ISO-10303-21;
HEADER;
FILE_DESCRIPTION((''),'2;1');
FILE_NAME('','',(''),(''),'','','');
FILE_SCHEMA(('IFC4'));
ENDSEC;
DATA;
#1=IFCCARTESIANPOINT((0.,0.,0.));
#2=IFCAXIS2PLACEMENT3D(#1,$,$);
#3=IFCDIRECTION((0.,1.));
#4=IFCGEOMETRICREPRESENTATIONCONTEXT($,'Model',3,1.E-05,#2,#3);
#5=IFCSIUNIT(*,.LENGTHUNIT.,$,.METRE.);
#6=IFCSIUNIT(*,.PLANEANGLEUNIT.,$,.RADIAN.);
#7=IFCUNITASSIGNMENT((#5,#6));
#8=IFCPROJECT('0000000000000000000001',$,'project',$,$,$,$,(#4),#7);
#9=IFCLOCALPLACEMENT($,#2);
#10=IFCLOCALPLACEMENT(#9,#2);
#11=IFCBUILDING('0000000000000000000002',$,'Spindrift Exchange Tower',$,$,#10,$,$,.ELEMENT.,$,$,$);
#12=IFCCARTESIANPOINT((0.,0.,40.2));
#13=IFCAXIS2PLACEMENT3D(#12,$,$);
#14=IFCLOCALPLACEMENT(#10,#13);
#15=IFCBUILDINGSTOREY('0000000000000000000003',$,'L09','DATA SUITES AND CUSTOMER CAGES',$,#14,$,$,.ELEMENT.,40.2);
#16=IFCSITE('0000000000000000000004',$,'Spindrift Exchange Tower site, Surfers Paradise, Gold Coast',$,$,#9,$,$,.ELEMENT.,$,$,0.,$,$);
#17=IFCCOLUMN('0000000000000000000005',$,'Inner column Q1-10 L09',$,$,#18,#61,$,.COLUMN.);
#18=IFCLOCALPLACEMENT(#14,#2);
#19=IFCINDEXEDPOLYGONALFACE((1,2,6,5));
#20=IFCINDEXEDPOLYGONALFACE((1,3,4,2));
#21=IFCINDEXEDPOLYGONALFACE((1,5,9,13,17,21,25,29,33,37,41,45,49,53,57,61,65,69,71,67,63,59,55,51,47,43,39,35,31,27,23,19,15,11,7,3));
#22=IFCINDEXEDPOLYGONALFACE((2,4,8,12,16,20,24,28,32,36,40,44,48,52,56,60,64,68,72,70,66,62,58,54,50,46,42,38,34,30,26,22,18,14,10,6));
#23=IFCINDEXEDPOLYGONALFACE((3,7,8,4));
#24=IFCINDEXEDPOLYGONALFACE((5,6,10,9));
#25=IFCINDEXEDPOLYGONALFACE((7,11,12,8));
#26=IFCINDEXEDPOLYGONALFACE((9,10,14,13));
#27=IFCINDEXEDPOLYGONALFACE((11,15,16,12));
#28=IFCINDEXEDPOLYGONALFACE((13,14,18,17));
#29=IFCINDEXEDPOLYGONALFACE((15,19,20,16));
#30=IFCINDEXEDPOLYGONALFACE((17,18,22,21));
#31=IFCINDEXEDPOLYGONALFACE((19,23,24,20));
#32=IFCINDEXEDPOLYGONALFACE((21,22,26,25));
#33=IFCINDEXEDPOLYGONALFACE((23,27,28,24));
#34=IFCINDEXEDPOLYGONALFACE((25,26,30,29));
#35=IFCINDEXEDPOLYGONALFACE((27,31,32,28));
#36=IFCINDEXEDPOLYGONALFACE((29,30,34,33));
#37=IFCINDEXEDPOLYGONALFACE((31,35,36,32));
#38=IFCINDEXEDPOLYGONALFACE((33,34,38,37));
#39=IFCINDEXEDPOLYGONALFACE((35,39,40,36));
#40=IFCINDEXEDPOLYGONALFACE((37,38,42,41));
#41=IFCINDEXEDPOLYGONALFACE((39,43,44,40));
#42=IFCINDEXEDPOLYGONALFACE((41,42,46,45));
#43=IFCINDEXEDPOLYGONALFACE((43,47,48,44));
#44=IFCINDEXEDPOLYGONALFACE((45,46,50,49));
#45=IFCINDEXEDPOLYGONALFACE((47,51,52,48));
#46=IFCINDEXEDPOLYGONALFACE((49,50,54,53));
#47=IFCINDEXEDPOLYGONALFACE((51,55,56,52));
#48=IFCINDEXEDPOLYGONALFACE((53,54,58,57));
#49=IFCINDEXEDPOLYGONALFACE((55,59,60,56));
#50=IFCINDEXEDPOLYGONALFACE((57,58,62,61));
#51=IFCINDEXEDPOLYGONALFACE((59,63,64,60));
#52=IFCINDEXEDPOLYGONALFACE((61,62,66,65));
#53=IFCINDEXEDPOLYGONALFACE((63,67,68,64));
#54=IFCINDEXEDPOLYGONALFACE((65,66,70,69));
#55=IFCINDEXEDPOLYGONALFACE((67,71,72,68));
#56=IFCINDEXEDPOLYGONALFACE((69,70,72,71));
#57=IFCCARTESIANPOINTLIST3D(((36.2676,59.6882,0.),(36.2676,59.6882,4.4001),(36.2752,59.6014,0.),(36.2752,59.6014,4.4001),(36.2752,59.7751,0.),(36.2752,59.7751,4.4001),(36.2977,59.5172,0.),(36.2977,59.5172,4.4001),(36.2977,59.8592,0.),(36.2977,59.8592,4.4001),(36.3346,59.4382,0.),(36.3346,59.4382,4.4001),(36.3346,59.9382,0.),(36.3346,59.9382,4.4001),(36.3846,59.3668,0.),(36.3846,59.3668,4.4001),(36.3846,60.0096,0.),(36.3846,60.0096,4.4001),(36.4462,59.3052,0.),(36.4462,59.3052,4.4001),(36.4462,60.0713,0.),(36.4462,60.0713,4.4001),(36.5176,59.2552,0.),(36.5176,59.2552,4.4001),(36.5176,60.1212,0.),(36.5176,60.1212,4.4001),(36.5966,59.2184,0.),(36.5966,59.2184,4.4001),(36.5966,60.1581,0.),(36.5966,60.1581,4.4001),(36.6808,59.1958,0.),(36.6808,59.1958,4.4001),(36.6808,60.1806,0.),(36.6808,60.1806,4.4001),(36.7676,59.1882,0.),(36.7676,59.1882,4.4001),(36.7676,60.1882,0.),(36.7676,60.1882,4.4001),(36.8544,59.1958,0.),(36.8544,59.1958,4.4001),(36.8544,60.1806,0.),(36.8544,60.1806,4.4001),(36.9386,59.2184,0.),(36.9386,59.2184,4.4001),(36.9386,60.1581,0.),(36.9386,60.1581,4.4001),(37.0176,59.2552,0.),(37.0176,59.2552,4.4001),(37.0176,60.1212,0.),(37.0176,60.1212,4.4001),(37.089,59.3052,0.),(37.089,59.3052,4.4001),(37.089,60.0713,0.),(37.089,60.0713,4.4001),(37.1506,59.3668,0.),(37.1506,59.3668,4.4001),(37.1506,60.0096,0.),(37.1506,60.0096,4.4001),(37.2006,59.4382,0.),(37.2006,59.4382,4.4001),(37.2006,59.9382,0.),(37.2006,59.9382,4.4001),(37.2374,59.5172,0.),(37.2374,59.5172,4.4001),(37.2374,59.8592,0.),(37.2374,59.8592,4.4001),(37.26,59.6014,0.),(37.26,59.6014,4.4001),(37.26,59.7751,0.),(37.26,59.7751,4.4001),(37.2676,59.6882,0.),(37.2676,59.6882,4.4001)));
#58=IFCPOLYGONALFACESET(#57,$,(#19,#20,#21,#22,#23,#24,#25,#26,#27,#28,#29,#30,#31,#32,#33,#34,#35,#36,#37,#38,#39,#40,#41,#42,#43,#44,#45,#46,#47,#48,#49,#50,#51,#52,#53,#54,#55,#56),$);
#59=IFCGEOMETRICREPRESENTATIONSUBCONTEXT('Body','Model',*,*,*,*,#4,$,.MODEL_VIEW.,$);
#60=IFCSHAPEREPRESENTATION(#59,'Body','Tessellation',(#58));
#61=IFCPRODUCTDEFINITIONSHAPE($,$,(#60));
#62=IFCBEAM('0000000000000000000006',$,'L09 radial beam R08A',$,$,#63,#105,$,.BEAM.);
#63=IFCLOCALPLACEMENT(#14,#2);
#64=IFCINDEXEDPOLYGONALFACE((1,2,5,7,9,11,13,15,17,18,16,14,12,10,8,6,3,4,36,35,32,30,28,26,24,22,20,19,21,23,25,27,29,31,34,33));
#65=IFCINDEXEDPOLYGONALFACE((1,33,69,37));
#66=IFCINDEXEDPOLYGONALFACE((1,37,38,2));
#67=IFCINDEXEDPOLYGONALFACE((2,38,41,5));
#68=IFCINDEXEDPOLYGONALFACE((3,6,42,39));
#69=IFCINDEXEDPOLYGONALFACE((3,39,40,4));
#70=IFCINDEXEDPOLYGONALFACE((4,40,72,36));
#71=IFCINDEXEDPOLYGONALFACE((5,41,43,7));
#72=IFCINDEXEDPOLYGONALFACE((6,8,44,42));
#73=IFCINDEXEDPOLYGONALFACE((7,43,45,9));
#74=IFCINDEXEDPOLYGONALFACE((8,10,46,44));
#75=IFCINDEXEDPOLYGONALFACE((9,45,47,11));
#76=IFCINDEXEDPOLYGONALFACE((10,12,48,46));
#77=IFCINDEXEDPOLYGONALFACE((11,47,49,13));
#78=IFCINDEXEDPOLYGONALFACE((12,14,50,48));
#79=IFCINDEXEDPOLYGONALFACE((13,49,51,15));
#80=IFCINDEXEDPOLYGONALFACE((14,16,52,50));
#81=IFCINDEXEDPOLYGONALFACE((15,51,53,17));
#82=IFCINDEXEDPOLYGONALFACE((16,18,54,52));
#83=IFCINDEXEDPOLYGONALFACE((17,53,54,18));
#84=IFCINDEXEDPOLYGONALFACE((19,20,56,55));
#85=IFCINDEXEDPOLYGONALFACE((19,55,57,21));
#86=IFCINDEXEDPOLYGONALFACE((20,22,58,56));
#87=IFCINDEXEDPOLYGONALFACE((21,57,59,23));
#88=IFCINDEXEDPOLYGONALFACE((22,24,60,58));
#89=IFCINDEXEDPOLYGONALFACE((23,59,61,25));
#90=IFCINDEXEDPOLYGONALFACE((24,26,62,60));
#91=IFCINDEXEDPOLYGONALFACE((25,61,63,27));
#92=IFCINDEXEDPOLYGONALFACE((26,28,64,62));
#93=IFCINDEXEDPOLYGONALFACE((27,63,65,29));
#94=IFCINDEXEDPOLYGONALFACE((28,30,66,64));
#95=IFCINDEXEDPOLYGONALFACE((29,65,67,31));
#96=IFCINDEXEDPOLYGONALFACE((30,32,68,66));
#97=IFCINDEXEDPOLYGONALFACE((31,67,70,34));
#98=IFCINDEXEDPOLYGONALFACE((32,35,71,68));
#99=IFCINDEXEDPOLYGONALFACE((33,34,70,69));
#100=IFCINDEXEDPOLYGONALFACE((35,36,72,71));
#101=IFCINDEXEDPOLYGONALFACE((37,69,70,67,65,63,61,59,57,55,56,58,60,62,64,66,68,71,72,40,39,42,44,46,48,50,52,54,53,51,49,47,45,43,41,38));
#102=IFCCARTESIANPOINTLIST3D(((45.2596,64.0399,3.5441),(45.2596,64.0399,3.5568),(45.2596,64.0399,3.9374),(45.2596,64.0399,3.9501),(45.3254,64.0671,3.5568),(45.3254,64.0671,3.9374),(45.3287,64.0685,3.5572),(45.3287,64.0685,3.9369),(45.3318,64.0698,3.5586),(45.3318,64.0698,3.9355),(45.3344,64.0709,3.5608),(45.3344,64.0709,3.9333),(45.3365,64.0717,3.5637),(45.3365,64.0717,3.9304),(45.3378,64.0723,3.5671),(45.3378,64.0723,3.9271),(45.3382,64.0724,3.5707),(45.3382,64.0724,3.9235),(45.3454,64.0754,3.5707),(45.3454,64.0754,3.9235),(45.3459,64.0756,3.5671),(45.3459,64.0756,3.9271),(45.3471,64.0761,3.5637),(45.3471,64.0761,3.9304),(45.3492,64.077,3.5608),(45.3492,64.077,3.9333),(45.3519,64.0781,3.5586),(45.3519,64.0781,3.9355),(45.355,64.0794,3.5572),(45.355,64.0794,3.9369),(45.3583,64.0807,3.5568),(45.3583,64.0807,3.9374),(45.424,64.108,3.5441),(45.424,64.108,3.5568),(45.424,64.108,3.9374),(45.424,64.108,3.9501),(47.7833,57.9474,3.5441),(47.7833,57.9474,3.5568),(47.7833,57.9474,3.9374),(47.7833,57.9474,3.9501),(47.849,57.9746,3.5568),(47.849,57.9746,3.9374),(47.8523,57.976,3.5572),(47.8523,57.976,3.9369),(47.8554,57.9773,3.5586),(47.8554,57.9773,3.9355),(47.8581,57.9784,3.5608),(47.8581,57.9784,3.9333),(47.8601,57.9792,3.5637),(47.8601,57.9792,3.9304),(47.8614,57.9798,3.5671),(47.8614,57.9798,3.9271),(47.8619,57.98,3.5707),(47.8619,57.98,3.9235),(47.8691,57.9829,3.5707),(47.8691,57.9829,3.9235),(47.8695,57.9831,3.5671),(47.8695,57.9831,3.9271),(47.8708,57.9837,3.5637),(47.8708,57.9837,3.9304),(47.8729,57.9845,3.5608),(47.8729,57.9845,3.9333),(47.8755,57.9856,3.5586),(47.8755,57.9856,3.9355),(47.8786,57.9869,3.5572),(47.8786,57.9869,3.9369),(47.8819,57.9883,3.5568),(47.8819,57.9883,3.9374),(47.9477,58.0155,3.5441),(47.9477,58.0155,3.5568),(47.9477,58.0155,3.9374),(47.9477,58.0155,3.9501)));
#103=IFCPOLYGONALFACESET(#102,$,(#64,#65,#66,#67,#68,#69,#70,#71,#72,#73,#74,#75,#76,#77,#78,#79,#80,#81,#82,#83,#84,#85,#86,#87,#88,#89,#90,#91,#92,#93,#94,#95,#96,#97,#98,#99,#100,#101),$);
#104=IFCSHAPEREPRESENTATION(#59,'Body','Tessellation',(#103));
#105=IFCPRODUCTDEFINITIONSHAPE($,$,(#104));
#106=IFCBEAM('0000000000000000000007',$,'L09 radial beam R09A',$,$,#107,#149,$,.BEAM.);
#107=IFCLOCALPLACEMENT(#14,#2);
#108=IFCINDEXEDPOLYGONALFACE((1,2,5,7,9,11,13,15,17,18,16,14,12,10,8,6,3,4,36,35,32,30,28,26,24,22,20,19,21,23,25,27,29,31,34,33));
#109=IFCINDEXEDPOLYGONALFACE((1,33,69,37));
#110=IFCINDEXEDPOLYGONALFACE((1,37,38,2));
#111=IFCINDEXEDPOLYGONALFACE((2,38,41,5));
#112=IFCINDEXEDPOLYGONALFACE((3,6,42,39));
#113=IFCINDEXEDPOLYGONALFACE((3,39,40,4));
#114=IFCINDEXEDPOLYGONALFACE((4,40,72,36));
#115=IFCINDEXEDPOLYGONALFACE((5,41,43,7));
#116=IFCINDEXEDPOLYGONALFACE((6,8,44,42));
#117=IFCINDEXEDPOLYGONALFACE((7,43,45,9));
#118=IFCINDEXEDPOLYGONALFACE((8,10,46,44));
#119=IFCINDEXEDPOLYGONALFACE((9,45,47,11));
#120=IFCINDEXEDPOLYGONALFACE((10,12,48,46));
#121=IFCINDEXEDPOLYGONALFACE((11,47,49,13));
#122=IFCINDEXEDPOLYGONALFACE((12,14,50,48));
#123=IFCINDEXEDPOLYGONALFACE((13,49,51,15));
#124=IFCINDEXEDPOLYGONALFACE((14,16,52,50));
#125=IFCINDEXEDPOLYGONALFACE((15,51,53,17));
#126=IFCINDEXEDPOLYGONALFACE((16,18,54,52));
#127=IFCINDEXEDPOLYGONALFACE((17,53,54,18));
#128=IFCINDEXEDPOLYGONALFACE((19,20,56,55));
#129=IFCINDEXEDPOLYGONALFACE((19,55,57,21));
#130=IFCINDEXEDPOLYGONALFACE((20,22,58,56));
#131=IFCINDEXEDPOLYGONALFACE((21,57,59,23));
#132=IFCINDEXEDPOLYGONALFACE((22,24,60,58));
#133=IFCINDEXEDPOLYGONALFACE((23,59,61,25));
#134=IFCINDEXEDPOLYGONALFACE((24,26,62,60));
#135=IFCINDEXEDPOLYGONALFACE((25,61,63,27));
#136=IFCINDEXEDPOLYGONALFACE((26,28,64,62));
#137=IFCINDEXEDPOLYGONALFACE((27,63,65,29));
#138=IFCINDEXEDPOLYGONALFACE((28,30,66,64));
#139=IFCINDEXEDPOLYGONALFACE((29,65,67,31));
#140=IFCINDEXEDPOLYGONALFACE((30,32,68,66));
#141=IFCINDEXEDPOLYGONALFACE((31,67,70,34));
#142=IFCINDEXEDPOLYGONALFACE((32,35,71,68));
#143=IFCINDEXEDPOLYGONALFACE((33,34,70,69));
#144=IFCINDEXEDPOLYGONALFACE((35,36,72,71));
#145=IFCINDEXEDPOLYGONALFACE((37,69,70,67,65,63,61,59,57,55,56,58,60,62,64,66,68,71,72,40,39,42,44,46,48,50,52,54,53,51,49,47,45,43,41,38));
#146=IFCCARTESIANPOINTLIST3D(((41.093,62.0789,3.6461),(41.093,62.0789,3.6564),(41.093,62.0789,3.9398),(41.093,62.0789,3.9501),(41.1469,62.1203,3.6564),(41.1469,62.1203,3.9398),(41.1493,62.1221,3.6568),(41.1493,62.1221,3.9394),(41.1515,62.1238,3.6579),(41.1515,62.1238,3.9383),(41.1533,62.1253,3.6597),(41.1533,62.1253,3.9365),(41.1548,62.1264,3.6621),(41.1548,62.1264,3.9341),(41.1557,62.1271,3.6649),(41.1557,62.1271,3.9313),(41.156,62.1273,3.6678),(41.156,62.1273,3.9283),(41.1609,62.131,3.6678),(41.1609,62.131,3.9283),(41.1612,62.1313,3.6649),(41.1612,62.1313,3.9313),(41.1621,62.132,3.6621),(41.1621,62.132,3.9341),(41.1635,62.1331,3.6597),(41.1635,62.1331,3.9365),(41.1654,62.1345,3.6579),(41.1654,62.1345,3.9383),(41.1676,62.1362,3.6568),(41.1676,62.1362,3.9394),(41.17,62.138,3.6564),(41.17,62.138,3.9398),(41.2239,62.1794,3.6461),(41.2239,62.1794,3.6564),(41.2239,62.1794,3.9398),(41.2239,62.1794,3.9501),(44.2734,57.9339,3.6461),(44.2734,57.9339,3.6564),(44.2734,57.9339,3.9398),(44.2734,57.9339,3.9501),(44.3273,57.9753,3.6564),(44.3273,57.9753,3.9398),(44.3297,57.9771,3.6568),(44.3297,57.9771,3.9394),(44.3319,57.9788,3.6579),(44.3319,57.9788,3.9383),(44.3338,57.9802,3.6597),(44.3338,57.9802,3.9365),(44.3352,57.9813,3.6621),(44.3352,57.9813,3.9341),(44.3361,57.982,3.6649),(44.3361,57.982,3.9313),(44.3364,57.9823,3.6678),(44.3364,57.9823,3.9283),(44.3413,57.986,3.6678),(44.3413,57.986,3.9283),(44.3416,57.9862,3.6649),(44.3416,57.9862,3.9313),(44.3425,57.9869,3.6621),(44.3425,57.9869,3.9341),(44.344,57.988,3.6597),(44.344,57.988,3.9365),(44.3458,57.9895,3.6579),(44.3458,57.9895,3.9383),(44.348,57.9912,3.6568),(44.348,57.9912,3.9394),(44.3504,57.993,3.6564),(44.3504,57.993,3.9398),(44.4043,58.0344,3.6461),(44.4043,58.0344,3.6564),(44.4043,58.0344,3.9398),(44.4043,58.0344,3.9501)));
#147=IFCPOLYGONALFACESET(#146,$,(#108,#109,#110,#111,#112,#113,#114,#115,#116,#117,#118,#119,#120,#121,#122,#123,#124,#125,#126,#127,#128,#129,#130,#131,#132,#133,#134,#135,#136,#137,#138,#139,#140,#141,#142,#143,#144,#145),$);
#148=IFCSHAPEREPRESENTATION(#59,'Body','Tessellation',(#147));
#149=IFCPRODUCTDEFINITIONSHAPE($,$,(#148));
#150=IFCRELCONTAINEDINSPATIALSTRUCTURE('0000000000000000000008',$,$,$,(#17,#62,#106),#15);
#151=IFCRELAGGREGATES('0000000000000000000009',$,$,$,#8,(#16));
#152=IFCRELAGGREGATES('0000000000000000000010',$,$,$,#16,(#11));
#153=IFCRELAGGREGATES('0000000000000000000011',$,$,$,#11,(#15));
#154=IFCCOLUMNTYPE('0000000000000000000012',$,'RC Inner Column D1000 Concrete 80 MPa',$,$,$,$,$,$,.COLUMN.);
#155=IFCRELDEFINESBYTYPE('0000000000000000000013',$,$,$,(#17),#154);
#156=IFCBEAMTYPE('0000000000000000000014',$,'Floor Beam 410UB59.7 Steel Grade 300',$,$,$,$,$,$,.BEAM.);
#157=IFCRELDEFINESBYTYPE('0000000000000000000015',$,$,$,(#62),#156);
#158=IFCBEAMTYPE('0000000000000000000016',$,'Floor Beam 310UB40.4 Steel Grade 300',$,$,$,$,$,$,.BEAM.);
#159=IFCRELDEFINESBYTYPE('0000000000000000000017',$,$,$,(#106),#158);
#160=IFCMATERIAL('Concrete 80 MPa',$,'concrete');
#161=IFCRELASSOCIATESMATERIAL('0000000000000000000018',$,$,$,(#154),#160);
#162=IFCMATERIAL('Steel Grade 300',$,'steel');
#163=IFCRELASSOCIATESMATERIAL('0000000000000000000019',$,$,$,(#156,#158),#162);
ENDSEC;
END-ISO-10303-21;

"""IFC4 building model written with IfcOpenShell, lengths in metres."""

from ifc_helpers import new_model, si_unit, direction, frame, origin, origin_2d, place, context, subcontext, project, spatial, circle, i_section, extrude, source, transform, mapped, material, material_profile, profile_set, type_object, element, save


model = new_model("IFC4")

# Units and contexts
model_context = context("Model", 3, precision=1e-05, world=origin(), true_north=direction((0.0, 1.0)))
body_context = subcontext(model_context, "Body", "Model", "MODEL_VIEW")
ifc_project = project(units=[si_unit("LENGTHUNIT", "METRE"), si_unit("PLANEANGLEUNIT", "RADIAN")], contexts=[model_context])

# Site, building, storey
site_placement = place(None, origin())
site = spatial("IfcSite", under=ifc_project, at=site_placement, Name="Spindrift Exchange Tower site, Surfers Paradise, Gold Coast", CompositionType="ELEMENT", RefElevation=0.0)
building_placement = place(site_placement, origin())
building = spatial("IfcBuilding", under=site, at=building_placement, Name="Spindrift Exchange Tower", CompositionType="ELEMENT")
storey_placement = place(building_placement, frame((0.0, 0.0, 40.2)))
storey = spatial("IfcBuildingStorey", under=building, at=storey_placement, Name="L09", Description="DATA SUITES AND CUSTOMER CAGES", CompositionType="ELEMENT", Elevation=40.2)

# Column
ifc_material_1 = material(Name="Concrete 80 MPa", Category="concrete")
ifc_material_profile_1 = material_profile(ifc_material_1, circle(Radius=0.5, at=origin_2d()), Name="RC D1000")
ifc_profile_set_1 = profile_set([ifc_material_profile_1], Name="Concrete 80 MPa")
column_type = type_object("IfcColumnType", Name="RC Inner Column D1000 Concrete 80 MPa", PredefinedType="COLUMN", material=ifc_profile_set_1)
shared_shape_1 = source(origin(), body_context, "Body", "SweptSolid", [
    extrude(circle(Radius=0.5, at=origin_2d()), origin(), (0.0, 0.0, 1.0), 4.4001),
])
column_placement = place(storey_placement, frame((36.7676, 59.6882, 0.0), z_axis=(0.0, 0.0, 1.0), x_axis=(1.0, 0.0, 0.0)))
element("IfcColumn", 1, at=column_placement, inside=storey, type_object=column_type, Name="Inner column Q1-10 L09", PredefinedType="COLUMN", context=body_context, shape_type="MappedRepresentation", body=[
    mapped(shared_shape_1, transform((0.0, 0.0, 0.0), scale=1.0)),
])

# Beams
ifc_material_2 = material(Name="Steel Grade 300", Category="steel")
ifc_material_profile_2 = material_profile(ifc_material_2, i_section(OverallWidth=0.178, OverallDepth=0.406, WebThickness=0.0078, FlangeThickness=0.0127, FilletRadius=0.0139, at=origin_2d()), Name="410UB59.7")
ifc_profile_set_2 = profile_set([ifc_material_profile_2], Name="Steel Grade 300")
beam_type_1 = type_object("IfcBeamType", Name="Floor Beam 410UB59.7 Steel Grade 300", PredefinedType="BEAM", material=ifc_profile_set_2)
shared_shape_2 = source(origin(), body_context, "Body", "SweptSolid", [
    extrude(i_section(OverallWidth=0.178, OverallDepth=0.406, WebThickness=0.0078, FlangeThickness=0.0127, FilletRadius=0.0139, at=origin_2d()), origin(), (0.0, 0.0, 1.0), 6.5945),
])
beam_1_placement = place(storey_placement, frame((47.8655, 57.9814, 3.7471), z_axis=(-0.382693, 0.923876, 0.0), x_axis=(-0.923876, -0.382693, 0.0)))
element("IfcBeam", 2, at=beam_1_placement, inside=storey, type_object=beam_type_1, Name="L09 radial beam R08A", PredefinedType="BEAM", context=body_context, shape_type="MappedRepresentation", body=[
    mapped(shared_shape_2, transform((0.0, 0.0, 0.0), scale=1.0)),
])
ifc_material_profile_3 = material_profile(ifc_material_2, i_section(OverallWidth=0.165, OverallDepth=0.304, WebThickness=0.0061, FlangeThickness=0.0103, FilletRadius=0.0115, at=origin_2d()), Name="310UB40.4")
ifc_profile_set_3 = profile_set([ifc_material_profile_3], Name="Steel Grade 300")
beam_type_2 = type_object("IfcBeamType", Name="Floor Beam 310UB40.4 Steel Grade 300", PredefinedType="BEAM", material=ifc_profile_set_3)
shared_shape_3 = source(origin(), body_context, "Body", "SweptSolid", [
    extrude(i_section(OverallWidth=0.165, OverallDepth=0.304, WebThickness=0.0061, FlangeThickness=0.0103, FilletRadius=0.0115, at=origin_2d()), origin(), (0.0, 0.0, 1.0), 5.2246),
])
beam_2_placement = place(storey_placement, frame((44.3389, 57.9841, 3.7981), z_axis=(-0.608741, 0.793369, 0.0), x_axis=(-0.793369, -0.608741, 0.0)))
element("IfcBeam", 3, at=beam_2_placement, inside=storey, type_object=beam_type_2, Name="L09 radial beam R09A", PredefinedType="BEAM", context=body_context, shape_type="MappedRepresentation", body=[
    mapped(shared_shape_3, transform((0.0, 0.0, 0.0), scale=1.0)),
])

save(model, "model.ifc")
